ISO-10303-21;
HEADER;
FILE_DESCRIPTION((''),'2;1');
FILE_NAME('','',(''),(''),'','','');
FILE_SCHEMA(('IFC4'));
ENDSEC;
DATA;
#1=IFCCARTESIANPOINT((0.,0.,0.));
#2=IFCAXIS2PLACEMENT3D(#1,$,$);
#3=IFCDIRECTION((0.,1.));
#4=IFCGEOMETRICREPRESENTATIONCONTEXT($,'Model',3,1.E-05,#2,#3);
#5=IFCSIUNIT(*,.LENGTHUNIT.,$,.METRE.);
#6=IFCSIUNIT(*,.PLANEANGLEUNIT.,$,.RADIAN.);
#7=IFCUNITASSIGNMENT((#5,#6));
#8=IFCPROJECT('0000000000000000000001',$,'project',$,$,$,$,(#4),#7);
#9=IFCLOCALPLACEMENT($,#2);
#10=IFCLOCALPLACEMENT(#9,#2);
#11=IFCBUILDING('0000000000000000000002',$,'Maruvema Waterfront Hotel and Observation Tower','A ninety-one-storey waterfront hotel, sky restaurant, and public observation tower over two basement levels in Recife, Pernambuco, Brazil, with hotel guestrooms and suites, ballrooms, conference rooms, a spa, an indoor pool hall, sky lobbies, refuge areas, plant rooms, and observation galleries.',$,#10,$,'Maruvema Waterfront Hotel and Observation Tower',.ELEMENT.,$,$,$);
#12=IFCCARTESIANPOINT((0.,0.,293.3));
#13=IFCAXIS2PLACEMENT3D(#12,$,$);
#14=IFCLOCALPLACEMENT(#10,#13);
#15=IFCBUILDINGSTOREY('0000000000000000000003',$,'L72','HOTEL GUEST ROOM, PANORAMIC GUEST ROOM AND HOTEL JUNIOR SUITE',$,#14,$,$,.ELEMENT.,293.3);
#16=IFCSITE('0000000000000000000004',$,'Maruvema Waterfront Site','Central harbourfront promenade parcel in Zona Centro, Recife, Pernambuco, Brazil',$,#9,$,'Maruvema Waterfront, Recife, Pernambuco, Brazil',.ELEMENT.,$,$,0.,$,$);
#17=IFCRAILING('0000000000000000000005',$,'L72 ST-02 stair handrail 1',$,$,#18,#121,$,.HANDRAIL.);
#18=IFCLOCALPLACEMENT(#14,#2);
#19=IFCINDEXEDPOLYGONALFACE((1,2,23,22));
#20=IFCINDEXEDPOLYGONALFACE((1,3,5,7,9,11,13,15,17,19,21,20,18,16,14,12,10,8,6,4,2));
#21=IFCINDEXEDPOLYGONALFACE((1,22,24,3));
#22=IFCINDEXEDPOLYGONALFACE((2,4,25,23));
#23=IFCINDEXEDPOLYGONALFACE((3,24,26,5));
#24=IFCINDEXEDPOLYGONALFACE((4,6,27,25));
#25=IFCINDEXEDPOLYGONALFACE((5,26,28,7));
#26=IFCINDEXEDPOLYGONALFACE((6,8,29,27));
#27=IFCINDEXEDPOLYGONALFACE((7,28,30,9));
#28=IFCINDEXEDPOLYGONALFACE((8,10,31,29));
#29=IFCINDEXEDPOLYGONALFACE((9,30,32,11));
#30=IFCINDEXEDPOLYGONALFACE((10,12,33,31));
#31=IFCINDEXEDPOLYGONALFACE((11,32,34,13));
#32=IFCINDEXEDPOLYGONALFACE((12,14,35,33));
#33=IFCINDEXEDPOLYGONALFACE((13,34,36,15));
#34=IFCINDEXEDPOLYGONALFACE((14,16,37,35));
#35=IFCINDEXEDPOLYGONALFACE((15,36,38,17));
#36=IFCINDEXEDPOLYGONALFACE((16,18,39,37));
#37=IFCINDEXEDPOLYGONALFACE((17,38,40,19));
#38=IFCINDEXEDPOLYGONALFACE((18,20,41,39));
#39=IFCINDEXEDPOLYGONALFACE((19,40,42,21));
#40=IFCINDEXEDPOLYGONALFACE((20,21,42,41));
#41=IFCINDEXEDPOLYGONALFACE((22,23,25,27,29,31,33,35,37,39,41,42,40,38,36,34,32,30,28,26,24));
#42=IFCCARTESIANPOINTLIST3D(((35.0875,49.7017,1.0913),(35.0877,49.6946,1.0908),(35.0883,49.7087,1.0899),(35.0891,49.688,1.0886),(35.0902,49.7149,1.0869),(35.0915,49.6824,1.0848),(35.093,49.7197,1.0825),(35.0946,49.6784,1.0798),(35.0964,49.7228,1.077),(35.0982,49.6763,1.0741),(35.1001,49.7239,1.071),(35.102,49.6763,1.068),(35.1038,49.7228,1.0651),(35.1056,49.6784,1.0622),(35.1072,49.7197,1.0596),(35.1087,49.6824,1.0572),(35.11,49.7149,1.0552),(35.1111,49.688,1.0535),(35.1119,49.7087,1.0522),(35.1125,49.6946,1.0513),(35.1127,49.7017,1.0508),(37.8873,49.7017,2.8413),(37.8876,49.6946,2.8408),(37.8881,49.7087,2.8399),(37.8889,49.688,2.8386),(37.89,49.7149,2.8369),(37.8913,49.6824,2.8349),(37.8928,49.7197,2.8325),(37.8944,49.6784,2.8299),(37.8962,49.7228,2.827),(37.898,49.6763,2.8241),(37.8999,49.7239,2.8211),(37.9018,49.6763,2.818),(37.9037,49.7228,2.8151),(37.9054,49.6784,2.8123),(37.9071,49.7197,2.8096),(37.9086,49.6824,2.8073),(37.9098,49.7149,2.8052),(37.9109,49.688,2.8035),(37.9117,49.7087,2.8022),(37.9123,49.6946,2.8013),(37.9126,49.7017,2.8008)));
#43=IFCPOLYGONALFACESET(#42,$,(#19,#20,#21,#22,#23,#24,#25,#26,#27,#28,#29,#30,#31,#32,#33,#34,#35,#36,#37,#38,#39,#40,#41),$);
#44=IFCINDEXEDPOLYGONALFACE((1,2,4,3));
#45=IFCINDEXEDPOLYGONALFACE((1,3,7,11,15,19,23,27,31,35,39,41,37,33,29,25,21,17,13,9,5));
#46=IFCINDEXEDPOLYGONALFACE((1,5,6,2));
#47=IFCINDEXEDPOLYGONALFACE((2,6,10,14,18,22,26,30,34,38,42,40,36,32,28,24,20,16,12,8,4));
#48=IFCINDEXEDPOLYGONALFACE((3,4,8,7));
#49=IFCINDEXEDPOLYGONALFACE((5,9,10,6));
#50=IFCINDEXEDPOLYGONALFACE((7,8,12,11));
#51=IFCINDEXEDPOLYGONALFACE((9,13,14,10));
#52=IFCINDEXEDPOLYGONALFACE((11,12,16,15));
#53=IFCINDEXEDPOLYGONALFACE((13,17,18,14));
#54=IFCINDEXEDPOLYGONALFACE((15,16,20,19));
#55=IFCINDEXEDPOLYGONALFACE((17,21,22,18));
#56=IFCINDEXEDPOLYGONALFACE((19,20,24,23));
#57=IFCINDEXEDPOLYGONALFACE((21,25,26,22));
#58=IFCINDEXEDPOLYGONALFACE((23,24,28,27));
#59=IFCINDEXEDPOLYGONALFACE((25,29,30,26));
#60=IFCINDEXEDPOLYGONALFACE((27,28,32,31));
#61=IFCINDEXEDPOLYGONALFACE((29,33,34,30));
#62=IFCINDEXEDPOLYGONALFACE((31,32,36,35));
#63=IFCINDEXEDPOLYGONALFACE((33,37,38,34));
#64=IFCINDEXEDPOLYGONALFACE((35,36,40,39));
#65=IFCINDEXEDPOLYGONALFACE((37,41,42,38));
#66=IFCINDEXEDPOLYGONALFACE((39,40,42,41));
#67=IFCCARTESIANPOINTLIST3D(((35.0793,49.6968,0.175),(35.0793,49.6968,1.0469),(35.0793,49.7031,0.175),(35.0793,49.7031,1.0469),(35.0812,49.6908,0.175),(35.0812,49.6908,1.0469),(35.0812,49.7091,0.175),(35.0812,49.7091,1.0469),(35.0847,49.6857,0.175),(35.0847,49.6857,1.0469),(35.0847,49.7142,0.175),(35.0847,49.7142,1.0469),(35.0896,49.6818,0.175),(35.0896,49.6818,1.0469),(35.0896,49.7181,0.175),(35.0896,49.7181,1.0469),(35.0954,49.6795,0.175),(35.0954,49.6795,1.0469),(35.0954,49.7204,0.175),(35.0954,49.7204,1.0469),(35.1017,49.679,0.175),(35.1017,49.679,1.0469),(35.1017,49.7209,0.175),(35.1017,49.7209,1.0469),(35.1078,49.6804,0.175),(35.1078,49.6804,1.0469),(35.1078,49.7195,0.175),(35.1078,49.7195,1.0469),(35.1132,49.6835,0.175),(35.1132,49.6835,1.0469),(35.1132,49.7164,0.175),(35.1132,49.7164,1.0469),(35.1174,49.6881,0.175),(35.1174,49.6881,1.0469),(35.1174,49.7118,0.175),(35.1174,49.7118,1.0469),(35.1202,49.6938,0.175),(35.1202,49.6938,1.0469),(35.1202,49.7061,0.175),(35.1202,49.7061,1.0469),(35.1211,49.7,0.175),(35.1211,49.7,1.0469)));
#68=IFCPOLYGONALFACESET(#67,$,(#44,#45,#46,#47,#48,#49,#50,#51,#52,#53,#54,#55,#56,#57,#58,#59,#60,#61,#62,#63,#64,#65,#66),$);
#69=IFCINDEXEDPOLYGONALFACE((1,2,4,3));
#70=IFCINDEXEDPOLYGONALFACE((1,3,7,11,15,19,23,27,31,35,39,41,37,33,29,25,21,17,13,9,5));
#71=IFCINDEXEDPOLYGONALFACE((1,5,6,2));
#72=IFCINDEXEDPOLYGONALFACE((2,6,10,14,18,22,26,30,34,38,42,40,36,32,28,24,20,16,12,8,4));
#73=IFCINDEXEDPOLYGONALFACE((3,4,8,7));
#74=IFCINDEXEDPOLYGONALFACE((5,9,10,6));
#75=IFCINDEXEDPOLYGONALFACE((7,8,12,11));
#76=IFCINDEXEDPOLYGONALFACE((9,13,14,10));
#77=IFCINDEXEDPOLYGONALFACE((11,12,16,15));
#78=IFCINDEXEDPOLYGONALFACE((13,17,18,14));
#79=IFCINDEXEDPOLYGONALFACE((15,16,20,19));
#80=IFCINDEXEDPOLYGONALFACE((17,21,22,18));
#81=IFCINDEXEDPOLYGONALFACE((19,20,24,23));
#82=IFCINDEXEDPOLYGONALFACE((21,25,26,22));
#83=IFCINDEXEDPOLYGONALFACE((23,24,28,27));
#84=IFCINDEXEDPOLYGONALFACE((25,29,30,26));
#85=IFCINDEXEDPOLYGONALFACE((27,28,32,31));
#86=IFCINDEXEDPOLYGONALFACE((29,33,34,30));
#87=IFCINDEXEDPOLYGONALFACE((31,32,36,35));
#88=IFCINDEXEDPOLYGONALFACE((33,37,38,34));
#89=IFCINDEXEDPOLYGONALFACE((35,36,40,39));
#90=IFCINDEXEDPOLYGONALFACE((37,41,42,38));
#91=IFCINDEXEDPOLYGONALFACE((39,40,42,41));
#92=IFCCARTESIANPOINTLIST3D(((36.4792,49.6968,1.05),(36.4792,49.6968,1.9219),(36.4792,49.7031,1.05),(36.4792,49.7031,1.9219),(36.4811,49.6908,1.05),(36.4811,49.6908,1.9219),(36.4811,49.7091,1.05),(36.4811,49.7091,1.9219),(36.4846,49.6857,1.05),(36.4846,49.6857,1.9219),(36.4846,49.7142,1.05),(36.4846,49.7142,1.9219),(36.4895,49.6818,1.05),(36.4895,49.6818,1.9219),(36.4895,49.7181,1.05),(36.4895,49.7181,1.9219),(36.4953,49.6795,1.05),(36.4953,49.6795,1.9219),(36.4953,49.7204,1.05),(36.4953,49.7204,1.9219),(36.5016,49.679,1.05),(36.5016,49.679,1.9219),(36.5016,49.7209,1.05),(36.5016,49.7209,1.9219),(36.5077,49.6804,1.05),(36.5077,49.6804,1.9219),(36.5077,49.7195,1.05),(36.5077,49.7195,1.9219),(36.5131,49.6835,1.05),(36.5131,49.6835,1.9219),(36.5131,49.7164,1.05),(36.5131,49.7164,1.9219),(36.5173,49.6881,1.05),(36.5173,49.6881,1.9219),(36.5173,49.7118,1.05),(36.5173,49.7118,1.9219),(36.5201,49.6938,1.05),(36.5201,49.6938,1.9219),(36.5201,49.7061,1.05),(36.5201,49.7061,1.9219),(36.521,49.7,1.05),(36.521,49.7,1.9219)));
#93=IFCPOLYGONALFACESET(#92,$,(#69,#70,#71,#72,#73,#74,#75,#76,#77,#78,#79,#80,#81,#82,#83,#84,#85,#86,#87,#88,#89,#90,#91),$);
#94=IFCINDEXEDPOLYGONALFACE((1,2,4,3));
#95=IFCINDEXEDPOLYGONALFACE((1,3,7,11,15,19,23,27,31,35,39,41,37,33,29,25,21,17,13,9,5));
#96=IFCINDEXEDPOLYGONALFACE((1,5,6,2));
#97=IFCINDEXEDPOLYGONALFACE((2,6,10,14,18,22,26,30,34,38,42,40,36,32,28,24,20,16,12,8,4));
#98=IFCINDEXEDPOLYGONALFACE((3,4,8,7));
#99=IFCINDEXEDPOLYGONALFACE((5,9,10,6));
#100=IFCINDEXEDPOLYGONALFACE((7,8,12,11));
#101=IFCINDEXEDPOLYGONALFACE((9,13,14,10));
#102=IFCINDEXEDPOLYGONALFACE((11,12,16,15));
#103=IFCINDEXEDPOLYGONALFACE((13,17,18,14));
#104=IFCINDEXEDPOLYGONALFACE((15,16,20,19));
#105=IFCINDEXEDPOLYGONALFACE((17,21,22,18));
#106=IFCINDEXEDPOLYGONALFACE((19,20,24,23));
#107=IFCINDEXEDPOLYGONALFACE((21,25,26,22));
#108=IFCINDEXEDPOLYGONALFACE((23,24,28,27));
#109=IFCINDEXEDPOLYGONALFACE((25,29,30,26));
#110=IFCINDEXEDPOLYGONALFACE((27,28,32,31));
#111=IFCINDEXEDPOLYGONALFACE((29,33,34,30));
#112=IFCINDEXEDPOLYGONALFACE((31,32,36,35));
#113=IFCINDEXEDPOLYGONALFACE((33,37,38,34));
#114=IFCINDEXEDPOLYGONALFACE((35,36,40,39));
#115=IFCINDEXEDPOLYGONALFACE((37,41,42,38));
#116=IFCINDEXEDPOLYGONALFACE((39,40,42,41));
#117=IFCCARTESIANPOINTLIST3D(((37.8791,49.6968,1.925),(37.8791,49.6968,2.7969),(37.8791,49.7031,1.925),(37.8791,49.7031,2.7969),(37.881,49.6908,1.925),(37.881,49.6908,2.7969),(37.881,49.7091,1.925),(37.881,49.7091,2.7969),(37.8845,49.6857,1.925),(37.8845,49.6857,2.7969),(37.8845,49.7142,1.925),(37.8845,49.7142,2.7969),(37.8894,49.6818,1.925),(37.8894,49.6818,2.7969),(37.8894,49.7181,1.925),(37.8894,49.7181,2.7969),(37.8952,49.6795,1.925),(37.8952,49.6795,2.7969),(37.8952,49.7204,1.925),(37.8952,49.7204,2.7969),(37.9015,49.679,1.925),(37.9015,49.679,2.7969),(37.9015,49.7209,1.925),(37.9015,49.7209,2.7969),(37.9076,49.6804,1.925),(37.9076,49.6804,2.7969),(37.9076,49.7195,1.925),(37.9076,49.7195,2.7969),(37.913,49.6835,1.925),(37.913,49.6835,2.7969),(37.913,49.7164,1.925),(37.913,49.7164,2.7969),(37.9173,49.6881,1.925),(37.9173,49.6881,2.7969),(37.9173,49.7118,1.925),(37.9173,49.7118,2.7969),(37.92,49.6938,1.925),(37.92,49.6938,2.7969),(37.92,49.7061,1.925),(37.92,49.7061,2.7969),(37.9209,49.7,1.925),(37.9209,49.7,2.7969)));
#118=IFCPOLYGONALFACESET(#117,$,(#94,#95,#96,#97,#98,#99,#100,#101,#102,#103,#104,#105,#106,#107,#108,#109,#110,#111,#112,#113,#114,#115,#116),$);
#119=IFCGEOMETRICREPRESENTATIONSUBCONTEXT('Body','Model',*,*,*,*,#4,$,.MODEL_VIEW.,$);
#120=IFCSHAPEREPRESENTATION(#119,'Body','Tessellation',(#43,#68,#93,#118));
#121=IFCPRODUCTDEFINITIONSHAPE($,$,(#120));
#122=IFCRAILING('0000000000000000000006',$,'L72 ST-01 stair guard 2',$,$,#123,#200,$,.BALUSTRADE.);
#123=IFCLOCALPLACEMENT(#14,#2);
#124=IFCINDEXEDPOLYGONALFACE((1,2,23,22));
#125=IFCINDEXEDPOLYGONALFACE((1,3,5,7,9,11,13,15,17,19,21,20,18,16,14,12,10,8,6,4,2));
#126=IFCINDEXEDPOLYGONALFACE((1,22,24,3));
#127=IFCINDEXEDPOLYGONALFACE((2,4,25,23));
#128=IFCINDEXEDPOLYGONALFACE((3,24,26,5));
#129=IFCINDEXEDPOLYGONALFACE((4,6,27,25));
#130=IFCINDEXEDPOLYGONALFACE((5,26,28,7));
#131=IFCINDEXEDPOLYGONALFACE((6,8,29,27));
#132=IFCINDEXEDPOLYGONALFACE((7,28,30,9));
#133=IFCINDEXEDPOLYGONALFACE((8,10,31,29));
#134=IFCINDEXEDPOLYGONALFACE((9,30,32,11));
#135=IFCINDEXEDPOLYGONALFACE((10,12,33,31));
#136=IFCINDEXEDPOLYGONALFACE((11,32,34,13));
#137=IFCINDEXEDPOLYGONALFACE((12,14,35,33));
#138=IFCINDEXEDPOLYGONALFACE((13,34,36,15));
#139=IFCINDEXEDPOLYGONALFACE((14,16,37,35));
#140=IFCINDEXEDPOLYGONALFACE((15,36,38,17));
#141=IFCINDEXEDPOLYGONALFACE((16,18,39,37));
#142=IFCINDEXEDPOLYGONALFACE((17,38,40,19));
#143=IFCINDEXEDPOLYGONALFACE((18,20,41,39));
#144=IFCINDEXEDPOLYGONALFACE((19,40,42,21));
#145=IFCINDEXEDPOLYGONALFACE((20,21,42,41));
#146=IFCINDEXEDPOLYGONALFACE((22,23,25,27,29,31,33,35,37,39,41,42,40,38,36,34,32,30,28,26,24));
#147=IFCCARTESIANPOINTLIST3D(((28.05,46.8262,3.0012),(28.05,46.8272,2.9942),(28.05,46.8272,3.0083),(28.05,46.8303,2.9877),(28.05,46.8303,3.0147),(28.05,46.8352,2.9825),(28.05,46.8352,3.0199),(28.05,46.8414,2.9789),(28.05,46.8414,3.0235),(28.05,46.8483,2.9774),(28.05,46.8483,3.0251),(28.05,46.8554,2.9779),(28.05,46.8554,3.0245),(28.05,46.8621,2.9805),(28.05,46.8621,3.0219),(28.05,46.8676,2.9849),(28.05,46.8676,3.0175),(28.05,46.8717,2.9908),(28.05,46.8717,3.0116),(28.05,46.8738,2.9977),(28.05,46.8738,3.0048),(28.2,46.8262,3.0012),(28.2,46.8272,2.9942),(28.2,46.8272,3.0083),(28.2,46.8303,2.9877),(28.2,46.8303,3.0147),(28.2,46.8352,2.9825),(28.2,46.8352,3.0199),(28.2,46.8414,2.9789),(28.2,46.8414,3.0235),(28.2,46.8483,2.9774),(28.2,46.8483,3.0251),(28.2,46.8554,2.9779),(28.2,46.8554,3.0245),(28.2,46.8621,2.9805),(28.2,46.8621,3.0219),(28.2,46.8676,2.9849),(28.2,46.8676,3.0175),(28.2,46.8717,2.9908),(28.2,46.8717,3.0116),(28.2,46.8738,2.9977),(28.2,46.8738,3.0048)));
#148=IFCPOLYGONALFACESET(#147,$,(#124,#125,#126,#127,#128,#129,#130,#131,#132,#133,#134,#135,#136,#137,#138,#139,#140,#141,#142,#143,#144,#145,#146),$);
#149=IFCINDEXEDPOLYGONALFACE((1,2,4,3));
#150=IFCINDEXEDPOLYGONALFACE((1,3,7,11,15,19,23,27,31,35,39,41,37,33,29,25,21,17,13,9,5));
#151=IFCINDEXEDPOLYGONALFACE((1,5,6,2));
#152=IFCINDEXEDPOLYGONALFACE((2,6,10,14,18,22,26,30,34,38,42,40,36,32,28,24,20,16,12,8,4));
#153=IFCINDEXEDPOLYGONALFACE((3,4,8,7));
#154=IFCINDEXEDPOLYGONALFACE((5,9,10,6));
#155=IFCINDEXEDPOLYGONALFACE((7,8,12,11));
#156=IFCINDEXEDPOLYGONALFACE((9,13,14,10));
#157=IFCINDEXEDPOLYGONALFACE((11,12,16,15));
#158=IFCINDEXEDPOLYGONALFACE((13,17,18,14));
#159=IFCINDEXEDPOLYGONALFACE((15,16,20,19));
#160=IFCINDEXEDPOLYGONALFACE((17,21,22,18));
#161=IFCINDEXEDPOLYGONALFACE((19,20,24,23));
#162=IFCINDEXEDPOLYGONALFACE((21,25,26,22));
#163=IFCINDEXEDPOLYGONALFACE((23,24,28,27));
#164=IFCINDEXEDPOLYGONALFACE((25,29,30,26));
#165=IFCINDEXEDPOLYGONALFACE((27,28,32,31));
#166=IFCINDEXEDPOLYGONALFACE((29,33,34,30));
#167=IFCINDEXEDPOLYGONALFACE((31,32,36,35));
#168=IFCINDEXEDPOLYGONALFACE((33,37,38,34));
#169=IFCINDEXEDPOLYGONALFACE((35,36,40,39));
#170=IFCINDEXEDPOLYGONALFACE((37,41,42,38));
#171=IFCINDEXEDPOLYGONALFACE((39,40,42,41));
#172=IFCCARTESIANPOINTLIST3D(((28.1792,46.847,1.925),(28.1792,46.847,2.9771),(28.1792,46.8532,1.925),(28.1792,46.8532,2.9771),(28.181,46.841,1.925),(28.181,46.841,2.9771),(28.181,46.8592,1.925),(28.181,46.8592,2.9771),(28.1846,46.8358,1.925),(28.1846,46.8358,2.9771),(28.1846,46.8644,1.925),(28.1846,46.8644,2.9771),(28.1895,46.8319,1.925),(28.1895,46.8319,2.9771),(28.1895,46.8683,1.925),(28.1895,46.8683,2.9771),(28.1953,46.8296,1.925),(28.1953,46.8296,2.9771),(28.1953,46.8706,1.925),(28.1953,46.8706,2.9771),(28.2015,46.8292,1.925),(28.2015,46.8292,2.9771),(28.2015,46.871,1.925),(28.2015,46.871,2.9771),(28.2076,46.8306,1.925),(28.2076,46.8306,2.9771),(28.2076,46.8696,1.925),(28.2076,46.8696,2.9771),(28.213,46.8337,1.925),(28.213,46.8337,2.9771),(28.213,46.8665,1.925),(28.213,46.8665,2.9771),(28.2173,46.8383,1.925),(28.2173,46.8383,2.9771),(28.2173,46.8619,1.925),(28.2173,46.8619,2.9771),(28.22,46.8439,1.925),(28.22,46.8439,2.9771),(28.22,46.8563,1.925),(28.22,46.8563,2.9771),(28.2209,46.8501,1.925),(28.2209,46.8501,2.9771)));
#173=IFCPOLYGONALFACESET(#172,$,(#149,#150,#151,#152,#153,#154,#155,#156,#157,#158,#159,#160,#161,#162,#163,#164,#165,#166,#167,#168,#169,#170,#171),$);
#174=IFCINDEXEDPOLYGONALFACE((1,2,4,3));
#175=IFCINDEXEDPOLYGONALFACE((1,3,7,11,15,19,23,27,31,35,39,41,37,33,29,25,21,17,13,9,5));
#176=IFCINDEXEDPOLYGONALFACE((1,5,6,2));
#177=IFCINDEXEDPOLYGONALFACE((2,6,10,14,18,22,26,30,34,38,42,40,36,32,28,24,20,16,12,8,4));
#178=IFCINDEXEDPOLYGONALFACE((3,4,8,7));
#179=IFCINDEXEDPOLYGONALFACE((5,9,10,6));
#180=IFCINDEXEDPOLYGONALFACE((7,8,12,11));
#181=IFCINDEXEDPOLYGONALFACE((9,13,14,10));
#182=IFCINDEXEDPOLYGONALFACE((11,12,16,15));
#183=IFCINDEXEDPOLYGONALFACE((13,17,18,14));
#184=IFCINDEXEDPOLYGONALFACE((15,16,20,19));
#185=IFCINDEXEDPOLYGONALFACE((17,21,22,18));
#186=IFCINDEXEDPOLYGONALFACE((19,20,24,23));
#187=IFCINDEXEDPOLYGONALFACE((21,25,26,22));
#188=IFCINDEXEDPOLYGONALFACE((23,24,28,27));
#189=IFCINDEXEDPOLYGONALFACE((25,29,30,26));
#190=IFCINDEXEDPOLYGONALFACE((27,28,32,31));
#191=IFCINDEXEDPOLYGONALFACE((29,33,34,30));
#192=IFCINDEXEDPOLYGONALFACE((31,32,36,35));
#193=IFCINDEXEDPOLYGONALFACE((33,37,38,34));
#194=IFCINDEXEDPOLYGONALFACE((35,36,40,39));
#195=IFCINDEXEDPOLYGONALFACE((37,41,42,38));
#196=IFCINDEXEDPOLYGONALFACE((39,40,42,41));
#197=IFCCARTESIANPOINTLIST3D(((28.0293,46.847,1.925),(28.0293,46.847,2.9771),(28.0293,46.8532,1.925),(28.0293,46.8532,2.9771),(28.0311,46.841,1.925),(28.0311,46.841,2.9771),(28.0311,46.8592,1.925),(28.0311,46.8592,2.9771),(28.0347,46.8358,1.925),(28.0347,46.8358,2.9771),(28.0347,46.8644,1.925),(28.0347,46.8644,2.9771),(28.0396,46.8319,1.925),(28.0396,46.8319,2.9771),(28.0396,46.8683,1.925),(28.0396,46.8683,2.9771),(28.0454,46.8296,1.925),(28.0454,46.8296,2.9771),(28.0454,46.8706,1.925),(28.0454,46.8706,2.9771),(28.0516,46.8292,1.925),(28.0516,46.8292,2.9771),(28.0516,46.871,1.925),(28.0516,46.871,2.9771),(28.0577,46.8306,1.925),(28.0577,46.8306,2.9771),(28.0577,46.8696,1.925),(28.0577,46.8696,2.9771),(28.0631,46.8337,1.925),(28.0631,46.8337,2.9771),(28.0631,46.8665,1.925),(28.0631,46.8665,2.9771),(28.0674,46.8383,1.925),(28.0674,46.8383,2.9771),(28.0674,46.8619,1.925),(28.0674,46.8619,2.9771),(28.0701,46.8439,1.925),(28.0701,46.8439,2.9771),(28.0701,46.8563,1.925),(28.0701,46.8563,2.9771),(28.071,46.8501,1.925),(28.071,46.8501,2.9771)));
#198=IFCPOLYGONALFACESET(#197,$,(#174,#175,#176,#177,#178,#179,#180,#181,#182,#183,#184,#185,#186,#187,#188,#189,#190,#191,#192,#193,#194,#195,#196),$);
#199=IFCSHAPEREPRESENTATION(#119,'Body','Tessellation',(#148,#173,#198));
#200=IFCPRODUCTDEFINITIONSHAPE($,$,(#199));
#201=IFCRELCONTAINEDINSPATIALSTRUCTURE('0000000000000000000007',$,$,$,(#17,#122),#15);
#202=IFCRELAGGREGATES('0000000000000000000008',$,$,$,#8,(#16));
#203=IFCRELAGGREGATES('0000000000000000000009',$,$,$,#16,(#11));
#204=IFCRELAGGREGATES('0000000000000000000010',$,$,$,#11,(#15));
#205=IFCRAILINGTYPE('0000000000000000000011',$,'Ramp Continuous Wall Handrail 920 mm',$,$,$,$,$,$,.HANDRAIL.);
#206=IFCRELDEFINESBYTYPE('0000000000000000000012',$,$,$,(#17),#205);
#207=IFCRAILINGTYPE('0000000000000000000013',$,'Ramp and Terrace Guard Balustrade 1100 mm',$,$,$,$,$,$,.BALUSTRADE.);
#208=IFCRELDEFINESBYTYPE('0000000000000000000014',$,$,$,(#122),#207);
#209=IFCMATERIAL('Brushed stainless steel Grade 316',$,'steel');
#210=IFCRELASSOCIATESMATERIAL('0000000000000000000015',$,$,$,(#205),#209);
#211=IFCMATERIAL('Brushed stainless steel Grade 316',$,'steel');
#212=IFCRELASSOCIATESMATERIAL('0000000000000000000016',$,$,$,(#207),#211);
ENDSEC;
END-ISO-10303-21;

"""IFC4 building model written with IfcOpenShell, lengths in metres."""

from ifc_helpers import new_model, si_unit, direction, frame, origin, origin_2d, place, context, subcontext, project, spatial, circle, extrude, material, type_object, element, save


model = new_model("IFC4")

# Units and contexts
model_context = context("Model", 3, precision=1e-05, world=origin(), true_north=direction((0.0, 1.0)))
body_context = subcontext(model_context, "Body", "Model", "MODEL_VIEW")
ifc_project = project(units=[si_unit("LENGTHUNIT", "METRE"), si_unit("PLANEANGLEUNIT", "RADIAN")], contexts=[model_context])

# Site, building, storey
site_placement = place(None, origin())
site = spatial("IfcSite", under=ifc_project, at=site_placement, Name="Maruvema Waterfront Site", Description="Central harbourfront promenade parcel in Zona Centro, Recife, Pernambuco, Brazil", LongName="Maruvema Waterfront, Recife, Pernambuco, Brazil", CompositionType="ELEMENT", RefElevation=0.0)
building_placement = place(site_placement, origin())
building = spatial("IfcBuilding", under=site, at=building_placement, Name="Maruvema Waterfront Hotel and Observation Tower", Description="A ninety-one-storey waterfront hotel, sky restaurant, and public observation tower over two basement levels in Recife, Pernambuco, Brazil, with hotel guestrooms and suites, ballrooms, conference rooms, a spa, an indoor pool hall, sky lobbies, refuge areas, plant rooms, and observation galleries.", LongName="Maruvema Waterfront Hotel and Observation Tower", CompositionType="ELEMENT")
storey_placement = place(building_placement, frame((0.0, 0.0, 293.3)))
storey = spatial("IfcBuildingStorey", under=building, at=storey_placement, Name="L72", Description="HOTEL GUEST ROOM, PANORAMIC GUEST ROOM AND HOTEL JUNIOR SUITE", CompositionType="ELEMENT", Elevation=293.3)

# Railings
ifc_material_1 = material(Name="Brushed stainless steel Grade 316", Category="steel")
railing_type_1 = type_object("IfcRailingType", Name="Ramp Continuous Wall Handrail 920 mm", PredefinedType="HANDRAIL", material=ifc_material_1)
railing_1_placement = place(storey_placement, frame((35.1001, 49.7, 0.175)))
element("IfcRailing", 1, at=railing_1_placement, inside=storey, type_object=railing_type_1, Name="L72 ST-02 stair handrail 1", PredefinedType="HANDRAIL", context=body_context, shape_type="SweptSolid", body=[
    extrude(circle(Radius=0.0239, at=origin_2d()), frame((0.0, 0.0, 0.896), z_axis=(0.847982, 0.0, 0.530026), x_axis=(0.0, 1.0, 0.0)), (0.0, 0.0, 1.0), 3.3018),
    extrude(circle(Radius=0.021, at=origin_2d()), origin(), (0.0, 0.0, 1.0), 0.8718),
    extrude(circle(Radius=0.021, at=origin_2d()), frame((1.3999, 0.0, 0.875)), (0.0, 0.0, 1.0), 0.8718),
    extrude(circle(Radius=0.021, at=origin_2d()), frame((2.7998, 0.0, 1.75)), (0.0, 0.0, 1.0), 0.8718),
])
ifc_material_2 = material(Name="Brushed stainless steel Grade 316", Category="steel")
railing_type_2 = type_object("IfcRailingType", Name="Ramp and Terrace Guard Balustrade 1100 mm", PredefinedType="BALUSTRADE", material=ifc_material_2)
railing_2_placement = place(storey_placement, frame((28.2, 46.8501, 1.925)))
element("IfcRailing", 2, at=railing_2_placement, inside=storey, type_object=railing_type_2, Name="L72 ST-01 stair guard 2", PredefinedType="BALUSTRADE", context=body_context, shape_type="SweptSolid", body=[
    extrude(circle(Radius=0.0239, at=origin_2d()), frame((0.0, 0.0, 1.0762), z_axis=(-1.0, 0.0, 0.0), x_axis=(0.0, -1.0, 0.0)), (0.0, 0.0, 1.0), 0.1499),
    extrude(circle(Radius=0.021, at=origin_2d()), origin(), (0.0, 0.0, 1.0), 1.052),
    extrude(circle(Radius=0.021, at=origin_2d()), frame((-0.1499, 0.0, 0.0)), (0.0, 0.0, 1.0), 1.052),
])

save(model, "model.ifc")
